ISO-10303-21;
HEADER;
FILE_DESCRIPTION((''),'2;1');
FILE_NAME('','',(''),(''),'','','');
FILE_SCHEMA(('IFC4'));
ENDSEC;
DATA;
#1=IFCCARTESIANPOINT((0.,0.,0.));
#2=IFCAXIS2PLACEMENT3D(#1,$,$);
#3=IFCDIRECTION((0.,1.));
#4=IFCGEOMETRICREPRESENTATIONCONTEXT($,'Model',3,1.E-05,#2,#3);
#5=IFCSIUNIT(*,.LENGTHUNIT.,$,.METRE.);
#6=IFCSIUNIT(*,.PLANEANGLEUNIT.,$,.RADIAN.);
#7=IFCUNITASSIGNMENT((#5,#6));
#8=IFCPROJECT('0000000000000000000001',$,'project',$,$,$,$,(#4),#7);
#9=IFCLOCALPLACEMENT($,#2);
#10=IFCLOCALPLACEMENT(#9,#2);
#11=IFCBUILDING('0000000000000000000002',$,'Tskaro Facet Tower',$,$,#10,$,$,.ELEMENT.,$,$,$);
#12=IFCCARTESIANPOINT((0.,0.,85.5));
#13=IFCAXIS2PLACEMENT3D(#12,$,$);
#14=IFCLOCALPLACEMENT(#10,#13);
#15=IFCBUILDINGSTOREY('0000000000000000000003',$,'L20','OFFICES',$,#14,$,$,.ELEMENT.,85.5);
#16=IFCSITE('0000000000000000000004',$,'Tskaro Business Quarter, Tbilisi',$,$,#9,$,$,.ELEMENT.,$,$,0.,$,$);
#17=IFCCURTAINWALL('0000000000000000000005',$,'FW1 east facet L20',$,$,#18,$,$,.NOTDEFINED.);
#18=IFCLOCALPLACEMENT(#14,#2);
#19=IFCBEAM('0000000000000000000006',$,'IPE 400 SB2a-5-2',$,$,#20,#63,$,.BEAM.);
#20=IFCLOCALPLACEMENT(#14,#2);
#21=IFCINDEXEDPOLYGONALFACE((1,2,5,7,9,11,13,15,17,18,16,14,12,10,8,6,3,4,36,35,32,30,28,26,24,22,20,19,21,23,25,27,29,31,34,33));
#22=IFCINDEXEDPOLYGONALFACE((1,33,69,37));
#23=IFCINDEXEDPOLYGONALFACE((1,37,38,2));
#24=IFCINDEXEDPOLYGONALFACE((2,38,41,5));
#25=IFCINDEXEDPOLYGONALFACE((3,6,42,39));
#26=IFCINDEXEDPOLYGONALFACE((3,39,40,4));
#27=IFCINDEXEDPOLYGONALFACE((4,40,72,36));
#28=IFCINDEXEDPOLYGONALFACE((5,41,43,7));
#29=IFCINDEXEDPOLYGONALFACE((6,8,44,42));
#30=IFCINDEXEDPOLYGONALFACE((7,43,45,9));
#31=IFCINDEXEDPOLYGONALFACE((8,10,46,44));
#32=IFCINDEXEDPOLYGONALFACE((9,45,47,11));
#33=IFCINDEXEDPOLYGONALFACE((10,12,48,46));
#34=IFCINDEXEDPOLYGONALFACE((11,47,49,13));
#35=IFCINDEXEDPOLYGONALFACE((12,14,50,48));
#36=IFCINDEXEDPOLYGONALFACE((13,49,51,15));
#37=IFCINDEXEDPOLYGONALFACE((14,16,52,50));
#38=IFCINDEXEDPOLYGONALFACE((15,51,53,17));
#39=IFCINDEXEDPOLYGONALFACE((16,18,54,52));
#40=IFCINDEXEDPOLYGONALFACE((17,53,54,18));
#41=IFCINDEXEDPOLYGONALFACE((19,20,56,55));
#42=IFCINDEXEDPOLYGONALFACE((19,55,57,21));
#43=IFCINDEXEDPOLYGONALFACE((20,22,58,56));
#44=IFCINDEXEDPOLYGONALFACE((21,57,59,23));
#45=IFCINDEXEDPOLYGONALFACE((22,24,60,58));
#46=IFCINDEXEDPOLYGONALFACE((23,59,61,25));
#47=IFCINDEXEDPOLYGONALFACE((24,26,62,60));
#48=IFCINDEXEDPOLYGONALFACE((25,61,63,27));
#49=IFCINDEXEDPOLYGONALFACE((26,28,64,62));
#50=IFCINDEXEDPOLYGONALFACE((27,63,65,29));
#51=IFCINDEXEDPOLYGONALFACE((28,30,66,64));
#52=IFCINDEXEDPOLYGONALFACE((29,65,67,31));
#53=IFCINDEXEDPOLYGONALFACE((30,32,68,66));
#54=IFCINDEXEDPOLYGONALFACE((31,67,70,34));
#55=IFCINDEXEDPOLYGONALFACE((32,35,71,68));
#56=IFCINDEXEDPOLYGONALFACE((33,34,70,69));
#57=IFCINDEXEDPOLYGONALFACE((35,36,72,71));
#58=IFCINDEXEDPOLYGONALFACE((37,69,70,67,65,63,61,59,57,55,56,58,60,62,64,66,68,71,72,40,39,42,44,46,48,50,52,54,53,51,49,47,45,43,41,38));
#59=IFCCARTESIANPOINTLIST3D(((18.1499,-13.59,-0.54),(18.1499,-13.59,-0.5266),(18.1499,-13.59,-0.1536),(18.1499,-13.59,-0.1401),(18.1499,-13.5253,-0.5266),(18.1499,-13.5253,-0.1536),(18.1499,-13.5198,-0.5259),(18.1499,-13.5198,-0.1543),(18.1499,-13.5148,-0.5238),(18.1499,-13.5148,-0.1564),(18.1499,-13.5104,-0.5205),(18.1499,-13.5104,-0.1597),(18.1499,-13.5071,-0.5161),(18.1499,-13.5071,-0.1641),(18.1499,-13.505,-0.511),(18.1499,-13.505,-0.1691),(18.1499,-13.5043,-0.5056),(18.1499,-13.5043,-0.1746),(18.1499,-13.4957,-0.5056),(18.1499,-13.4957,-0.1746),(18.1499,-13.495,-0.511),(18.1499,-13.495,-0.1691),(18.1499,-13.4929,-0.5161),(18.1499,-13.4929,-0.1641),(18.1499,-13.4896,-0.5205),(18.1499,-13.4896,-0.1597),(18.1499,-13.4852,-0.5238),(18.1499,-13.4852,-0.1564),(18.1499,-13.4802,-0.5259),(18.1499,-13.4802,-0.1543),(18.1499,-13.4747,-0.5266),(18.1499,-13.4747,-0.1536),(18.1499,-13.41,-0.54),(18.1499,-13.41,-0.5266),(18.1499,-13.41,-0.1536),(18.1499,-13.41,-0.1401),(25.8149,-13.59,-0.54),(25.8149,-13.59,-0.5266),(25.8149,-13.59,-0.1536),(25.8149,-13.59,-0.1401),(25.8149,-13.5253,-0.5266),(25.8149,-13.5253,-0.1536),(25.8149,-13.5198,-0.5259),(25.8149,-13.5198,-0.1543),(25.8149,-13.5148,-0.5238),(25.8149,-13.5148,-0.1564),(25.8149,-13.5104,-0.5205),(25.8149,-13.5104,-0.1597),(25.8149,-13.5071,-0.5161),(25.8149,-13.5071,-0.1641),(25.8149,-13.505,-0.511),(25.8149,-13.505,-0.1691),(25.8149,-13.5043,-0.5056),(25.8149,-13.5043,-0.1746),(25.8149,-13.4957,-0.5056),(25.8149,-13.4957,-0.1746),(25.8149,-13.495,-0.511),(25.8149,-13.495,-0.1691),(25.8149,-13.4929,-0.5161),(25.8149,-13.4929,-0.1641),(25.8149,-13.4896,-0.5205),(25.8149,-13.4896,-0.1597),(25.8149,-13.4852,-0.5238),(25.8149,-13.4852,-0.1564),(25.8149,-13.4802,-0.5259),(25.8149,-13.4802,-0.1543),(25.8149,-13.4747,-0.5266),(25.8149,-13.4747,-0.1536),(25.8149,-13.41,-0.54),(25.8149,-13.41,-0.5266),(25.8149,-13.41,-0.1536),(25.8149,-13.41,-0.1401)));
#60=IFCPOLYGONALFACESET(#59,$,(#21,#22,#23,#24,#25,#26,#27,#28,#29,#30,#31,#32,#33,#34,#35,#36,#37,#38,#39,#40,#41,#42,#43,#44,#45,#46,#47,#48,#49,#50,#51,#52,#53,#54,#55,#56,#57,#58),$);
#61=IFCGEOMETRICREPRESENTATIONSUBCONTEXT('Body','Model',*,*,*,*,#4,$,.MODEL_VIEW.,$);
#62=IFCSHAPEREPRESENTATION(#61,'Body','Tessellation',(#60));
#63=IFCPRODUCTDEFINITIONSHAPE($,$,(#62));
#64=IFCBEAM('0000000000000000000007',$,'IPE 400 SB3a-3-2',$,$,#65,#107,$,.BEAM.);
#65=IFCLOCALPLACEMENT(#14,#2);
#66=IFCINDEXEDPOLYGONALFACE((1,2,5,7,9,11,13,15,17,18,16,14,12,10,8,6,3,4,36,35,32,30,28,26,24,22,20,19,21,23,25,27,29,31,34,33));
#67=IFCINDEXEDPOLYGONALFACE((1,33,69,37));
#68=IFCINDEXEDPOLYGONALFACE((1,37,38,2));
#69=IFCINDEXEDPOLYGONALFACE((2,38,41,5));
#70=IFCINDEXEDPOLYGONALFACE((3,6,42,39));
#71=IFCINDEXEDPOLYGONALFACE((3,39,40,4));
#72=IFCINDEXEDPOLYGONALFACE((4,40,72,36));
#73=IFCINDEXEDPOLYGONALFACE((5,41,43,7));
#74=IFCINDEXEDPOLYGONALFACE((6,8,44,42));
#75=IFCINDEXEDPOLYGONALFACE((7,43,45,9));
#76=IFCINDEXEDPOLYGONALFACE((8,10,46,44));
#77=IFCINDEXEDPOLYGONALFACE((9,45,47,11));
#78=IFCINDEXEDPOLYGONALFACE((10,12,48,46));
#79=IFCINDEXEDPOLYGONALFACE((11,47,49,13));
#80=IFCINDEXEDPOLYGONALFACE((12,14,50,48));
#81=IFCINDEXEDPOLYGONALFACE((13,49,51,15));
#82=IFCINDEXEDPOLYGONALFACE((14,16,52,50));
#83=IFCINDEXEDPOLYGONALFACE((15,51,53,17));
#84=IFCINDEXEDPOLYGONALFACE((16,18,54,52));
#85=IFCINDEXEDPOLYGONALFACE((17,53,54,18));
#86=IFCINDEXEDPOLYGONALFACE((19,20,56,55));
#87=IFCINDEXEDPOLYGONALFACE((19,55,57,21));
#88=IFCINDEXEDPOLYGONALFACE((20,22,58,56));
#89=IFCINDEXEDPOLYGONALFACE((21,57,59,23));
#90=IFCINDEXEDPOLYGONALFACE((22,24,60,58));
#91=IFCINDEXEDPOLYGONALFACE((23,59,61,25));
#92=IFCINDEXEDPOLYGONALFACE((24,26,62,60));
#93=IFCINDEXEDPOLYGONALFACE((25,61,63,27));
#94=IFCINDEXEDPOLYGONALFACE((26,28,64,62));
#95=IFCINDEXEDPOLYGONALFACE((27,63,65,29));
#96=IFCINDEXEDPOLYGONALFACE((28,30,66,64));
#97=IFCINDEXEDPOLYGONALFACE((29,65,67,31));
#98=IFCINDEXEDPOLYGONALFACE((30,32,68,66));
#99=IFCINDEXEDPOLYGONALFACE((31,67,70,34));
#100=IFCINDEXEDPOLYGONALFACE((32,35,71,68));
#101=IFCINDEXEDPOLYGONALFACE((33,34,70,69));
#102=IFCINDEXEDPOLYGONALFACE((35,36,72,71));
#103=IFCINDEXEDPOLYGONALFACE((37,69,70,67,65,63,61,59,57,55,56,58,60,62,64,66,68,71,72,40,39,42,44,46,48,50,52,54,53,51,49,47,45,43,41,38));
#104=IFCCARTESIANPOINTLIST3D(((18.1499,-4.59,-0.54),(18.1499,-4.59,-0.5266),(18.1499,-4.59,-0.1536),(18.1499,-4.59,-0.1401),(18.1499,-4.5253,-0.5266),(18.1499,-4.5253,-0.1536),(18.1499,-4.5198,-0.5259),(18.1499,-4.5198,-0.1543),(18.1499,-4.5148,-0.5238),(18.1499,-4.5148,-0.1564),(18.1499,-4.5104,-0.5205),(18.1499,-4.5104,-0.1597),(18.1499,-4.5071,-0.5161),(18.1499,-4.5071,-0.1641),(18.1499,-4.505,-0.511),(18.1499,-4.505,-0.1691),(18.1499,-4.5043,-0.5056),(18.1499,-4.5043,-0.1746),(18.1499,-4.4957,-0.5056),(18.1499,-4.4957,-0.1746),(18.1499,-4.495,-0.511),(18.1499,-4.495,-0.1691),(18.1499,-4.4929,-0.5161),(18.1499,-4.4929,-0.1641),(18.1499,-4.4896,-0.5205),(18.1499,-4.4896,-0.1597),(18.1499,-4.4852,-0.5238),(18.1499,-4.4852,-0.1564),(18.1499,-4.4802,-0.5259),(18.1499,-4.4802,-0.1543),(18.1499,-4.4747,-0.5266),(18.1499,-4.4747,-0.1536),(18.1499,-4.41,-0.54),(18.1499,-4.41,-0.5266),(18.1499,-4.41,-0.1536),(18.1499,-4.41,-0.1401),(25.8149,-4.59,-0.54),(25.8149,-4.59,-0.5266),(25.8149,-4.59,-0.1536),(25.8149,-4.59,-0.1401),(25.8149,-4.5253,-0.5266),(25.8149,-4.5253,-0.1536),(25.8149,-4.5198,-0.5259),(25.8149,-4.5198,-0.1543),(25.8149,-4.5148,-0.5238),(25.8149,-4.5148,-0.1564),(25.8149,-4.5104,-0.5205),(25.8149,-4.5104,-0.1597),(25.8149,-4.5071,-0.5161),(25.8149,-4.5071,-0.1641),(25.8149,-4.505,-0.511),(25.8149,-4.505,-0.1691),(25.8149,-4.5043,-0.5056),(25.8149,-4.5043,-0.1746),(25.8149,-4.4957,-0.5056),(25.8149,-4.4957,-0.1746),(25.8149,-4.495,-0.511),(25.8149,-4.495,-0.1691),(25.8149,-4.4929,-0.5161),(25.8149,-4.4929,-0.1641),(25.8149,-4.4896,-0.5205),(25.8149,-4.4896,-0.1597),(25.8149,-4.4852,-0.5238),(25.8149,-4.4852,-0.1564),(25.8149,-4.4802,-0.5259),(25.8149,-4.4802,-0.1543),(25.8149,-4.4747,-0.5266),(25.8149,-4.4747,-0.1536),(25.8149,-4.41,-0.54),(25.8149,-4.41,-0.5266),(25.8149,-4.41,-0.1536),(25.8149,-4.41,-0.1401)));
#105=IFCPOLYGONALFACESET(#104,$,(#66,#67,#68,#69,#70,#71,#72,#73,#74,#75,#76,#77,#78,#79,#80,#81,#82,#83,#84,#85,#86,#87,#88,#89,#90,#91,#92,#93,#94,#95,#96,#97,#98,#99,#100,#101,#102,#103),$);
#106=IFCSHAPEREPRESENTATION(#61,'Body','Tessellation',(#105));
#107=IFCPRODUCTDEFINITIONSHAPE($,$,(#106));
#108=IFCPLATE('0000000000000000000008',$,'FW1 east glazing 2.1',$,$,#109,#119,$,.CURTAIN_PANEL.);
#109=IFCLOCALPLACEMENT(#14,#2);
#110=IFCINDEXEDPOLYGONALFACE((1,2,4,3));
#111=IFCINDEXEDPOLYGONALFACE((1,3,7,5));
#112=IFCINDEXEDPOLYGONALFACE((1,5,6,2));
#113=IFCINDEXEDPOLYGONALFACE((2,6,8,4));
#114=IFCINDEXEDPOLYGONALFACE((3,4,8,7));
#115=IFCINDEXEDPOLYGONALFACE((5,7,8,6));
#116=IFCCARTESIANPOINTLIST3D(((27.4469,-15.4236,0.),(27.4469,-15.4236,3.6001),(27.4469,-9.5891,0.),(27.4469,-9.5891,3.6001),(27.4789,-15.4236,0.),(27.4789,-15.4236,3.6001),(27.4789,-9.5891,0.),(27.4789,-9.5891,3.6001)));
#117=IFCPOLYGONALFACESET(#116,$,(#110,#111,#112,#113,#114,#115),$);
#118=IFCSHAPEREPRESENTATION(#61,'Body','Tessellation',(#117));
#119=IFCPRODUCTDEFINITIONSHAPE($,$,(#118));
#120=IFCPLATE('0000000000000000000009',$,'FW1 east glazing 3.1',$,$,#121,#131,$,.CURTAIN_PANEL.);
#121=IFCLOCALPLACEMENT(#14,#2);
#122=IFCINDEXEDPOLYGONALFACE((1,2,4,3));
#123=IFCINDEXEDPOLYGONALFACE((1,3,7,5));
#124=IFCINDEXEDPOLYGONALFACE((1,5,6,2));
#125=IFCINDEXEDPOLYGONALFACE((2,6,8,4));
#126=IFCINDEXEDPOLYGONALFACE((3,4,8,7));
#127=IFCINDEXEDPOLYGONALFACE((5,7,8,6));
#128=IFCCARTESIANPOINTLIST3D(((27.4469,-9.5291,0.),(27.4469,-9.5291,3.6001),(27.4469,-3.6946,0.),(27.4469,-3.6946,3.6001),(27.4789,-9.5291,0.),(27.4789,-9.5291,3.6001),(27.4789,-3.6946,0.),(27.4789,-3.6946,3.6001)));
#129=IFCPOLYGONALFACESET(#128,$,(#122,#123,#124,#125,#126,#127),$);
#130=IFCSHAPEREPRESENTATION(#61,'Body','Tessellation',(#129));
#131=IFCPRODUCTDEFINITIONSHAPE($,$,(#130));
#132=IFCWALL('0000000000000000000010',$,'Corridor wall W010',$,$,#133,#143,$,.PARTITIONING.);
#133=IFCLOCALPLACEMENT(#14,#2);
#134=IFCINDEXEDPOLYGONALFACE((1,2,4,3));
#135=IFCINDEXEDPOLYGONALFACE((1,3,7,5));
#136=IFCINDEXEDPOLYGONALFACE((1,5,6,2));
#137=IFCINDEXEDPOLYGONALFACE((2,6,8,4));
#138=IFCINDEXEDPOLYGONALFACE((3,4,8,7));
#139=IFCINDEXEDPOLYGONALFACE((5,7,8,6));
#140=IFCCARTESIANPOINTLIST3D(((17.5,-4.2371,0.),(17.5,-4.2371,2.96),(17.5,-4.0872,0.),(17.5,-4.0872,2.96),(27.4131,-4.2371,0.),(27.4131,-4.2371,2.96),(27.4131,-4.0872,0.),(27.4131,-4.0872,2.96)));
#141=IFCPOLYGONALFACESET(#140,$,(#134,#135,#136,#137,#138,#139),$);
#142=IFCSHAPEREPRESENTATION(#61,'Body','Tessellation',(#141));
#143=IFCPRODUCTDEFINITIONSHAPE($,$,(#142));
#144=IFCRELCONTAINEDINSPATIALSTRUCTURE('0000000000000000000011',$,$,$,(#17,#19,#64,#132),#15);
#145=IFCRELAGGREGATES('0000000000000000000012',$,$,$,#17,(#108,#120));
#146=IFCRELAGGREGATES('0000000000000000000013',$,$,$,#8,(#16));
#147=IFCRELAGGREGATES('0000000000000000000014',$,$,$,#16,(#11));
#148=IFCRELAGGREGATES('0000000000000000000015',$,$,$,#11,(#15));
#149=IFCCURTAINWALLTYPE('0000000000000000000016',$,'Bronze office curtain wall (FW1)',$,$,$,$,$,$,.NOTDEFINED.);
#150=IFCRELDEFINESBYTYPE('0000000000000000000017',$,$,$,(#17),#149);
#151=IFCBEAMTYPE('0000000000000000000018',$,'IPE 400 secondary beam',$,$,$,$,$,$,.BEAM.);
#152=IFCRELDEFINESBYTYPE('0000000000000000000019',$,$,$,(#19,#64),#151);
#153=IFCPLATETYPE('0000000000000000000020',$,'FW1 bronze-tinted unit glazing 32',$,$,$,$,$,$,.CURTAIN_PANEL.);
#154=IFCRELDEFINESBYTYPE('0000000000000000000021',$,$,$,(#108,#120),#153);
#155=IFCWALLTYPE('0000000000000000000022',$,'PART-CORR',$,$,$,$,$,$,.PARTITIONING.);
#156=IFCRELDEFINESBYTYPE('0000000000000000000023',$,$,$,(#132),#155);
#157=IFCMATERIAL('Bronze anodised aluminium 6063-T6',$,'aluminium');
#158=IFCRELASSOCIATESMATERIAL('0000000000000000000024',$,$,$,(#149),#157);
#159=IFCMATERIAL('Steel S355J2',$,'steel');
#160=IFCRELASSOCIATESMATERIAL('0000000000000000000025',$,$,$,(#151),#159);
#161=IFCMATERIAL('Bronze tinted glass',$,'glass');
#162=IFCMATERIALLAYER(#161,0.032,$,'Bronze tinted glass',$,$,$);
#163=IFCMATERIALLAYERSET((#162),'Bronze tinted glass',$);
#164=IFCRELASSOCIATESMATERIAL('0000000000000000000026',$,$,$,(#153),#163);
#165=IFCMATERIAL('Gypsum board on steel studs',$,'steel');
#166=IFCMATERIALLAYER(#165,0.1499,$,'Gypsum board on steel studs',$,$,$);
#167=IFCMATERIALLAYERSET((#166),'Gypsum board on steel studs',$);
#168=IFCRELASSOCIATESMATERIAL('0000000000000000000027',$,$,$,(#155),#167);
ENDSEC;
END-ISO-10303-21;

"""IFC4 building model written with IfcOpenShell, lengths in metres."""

from ifc_helpers import new_model, si_unit, direction, frame, frame_2d, origin, origin_2d, place, context, subcontext, project, spatial, rectangle, i_section, extrude, material, layer, layer_set, material_profile, profile_set, type_object, element, aggregate, save


model = new_model("IFC4")

# Units and contexts
model_context = context("Model", 3, precision=1e-05, world=origin(), true_north=direction((0.0, 1.0)))
body_context = subcontext(model_context, "Body", "Model", "MODEL_VIEW")
ifc_project = project(units=[si_unit("LENGTHUNIT", "METRE"), si_unit("PLANEANGLEUNIT", "RADIAN")], contexts=[model_context])

# Site, building, storey
site_placement = place(None, origin())
site = spatial("IfcSite", under=ifc_project, at=site_placement, Name="Tskaro Business Quarter, Tbilisi", CompositionType="ELEMENT", RefElevation=0.0)
building_placement = place(site_placement, origin())
building = spatial("IfcBuilding", under=site, at=building_placement, Name="Tskaro Facet Tower", CompositionType="ELEMENT")
storey_placement = place(building_placement, frame((0.0, 0.0, 85.5)))
storey = spatial("IfcBuildingStorey", under=building, at=storey_placement, Name="L20", Description="OFFICES", CompositionType="ELEMENT", Elevation=85.5)

# Curtain wall
ifc_material_1 = material(Name="Bronze anodised aluminium 6063-T6", Category="aluminium")
curtain_wall_type = type_object("IfcCurtainWallType", Name="Bronze office curtain wall (FW1)", PredefinedType="NOTDEFINED", material=ifc_material_1)
curtain_wall_placement = place(storey_placement, origin())
curtain_wall = element("IfcCurtainWall", 1, at=curtain_wall_placement, inside=storey, type_object=curtain_wall_type, Name="FW1 east facet L20", PredefinedType="NOTDEFINED")

# Beams
ifc_material_2 = material(Name="Steel S355J2", Category="steel")
ifc_material_profile_1 = material_profile(ifc_material_2, i_section(OverallWidth=0.1799, OverallDepth=0.3999, WebThickness=0.0085, FlangeThickness=0.0134, FilletRadius=0.021, at=origin_2d()), Name="IPE 400")
ifc_profile_set_1 = profile_set([ifc_material_profile_1], Name="Steel S355J2")
beam_type_1 = type_object("IfcBeamType", Name="IPE 400 secondary beam", PredefinedType="BEAM", material=ifc_profile_set_1)
for number, where, z_axis, x_axis, name in (
    (2, (18.1499, -13.5, -0.3401), (1.0, 0.0, 0.0), (0.0, 1.0, 0.0), "IPE 400 SB2a-5-2"),
    (3, (18.1499, -4.5, -0.3401), (1.0, 0.0, 0.0), (0.0, 1.0, 0.0), "IPE 400 SB3a-3-2"),
):
    element("IfcBeam", number, at=place(storey_placement, frame(where, z_axis=z_axis, x_axis=x_axis)), inside=storey, type_object=beam_type_1, Name=name, PredefinedType="BEAM", context=body_context, shape_type="SweptSolid", body=[
        extrude(i_section(OverallWidth=0.1799, OverallDepth=0.3999, WebThickness=0.0085, FlangeThickness=0.0134, FilletRadius=0.021, at=origin_2d()), origin(), (0.0, 0.0, 1.0), 7.665),
    ])

# Plates
ifc_material_3 = material(Name="Bronze tinted glass", Category="glass")
ifc_layer_1 = layer(ifc_material_3, 0.032, Name="Bronze tinted glass")
ifc_layer_set_1 = layer_set([ifc_layer_1], Name="Bronze tinted glass")
plate_type = type_object("IfcPlateType", Name="FW1 bronze-tinted unit glazing 32", PredefinedType="CURTAIN_PANEL", material=ifc_layer_set_1)
plate_1_placement = place(storey_placement, frame((27.4629, -12.5063, 0.0), z_axis=(0.0, 0.0, 1.0), x_axis=(0.0, 1.0, 0.0)))
plate_1 = element("IfcPlate", 4, at=plate_1_placement, type_object=plate_type, Name="FW1 east glazing 2.1", PredefinedType="CURTAIN_PANEL", context=body_context, shape_type="SweptSolid", body=[
    extrude(rectangle(XDim=5.8345, YDim=0.032, at=origin_2d()), origin(), (0.0, 0.0, 1.0), 3.6001),
])
plate_2_placement = place(storey_placement, frame((27.4629, -6.6118, 0.0), z_axis=(0.0, 0.0, 1.0), x_axis=(0.0, 1.0, 0.0)))
plate_2 = element("IfcPlate", 5, at=plate_2_placement, type_object=plate_type, Name="FW1 east glazing 3.1", PredefinedType="CURTAIN_PANEL", context=body_context, shape_type="SweptSolid", body=[
    extrude(rectangle(XDim=5.8345, YDim=0.032, at=origin_2d()), origin(), (0.0, 0.0, 1.0), 3.6001),
])
aggregate(curtain_wall, [plate_1, plate_2])

# Wall
ifc_material_4 = material(Name="Gypsum board on steel studs", Category="steel")
ifc_layer_2 = layer(ifc_material_4, 0.1499, Name="Gypsum board on steel studs")
ifc_layer_set_2 = layer_set([ifc_layer_2], Name="Gypsum board on steel studs")
wall_type = type_object("IfcWallType", Name="PART-CORR", PredefinedType="PARTITIONING", material=ifc_layer_set_2)
wall_1_placement = place(storey_placement, frame((17.5, -4.1621, 0.0), z_axis=(0.0, 0.0, 1.0), x_axis=(1.0, 0.0, 0.0)))
element("IfcWall", 6, at=wall_1_placement, inside=storey, type_object=wall_type, Name="Corridor wall W010", PredefinedType="PARTITIONING", context=body_context, shape_type="SweptSolid", body=[
    extrude(rectangle(XDim=9.9131, YDim=0.1499, at=frame_2d((4.9565, 0.0))), origin(), (0.0, 0.0, 1.0), 2.96),
])

save(model, "model.ifc")
